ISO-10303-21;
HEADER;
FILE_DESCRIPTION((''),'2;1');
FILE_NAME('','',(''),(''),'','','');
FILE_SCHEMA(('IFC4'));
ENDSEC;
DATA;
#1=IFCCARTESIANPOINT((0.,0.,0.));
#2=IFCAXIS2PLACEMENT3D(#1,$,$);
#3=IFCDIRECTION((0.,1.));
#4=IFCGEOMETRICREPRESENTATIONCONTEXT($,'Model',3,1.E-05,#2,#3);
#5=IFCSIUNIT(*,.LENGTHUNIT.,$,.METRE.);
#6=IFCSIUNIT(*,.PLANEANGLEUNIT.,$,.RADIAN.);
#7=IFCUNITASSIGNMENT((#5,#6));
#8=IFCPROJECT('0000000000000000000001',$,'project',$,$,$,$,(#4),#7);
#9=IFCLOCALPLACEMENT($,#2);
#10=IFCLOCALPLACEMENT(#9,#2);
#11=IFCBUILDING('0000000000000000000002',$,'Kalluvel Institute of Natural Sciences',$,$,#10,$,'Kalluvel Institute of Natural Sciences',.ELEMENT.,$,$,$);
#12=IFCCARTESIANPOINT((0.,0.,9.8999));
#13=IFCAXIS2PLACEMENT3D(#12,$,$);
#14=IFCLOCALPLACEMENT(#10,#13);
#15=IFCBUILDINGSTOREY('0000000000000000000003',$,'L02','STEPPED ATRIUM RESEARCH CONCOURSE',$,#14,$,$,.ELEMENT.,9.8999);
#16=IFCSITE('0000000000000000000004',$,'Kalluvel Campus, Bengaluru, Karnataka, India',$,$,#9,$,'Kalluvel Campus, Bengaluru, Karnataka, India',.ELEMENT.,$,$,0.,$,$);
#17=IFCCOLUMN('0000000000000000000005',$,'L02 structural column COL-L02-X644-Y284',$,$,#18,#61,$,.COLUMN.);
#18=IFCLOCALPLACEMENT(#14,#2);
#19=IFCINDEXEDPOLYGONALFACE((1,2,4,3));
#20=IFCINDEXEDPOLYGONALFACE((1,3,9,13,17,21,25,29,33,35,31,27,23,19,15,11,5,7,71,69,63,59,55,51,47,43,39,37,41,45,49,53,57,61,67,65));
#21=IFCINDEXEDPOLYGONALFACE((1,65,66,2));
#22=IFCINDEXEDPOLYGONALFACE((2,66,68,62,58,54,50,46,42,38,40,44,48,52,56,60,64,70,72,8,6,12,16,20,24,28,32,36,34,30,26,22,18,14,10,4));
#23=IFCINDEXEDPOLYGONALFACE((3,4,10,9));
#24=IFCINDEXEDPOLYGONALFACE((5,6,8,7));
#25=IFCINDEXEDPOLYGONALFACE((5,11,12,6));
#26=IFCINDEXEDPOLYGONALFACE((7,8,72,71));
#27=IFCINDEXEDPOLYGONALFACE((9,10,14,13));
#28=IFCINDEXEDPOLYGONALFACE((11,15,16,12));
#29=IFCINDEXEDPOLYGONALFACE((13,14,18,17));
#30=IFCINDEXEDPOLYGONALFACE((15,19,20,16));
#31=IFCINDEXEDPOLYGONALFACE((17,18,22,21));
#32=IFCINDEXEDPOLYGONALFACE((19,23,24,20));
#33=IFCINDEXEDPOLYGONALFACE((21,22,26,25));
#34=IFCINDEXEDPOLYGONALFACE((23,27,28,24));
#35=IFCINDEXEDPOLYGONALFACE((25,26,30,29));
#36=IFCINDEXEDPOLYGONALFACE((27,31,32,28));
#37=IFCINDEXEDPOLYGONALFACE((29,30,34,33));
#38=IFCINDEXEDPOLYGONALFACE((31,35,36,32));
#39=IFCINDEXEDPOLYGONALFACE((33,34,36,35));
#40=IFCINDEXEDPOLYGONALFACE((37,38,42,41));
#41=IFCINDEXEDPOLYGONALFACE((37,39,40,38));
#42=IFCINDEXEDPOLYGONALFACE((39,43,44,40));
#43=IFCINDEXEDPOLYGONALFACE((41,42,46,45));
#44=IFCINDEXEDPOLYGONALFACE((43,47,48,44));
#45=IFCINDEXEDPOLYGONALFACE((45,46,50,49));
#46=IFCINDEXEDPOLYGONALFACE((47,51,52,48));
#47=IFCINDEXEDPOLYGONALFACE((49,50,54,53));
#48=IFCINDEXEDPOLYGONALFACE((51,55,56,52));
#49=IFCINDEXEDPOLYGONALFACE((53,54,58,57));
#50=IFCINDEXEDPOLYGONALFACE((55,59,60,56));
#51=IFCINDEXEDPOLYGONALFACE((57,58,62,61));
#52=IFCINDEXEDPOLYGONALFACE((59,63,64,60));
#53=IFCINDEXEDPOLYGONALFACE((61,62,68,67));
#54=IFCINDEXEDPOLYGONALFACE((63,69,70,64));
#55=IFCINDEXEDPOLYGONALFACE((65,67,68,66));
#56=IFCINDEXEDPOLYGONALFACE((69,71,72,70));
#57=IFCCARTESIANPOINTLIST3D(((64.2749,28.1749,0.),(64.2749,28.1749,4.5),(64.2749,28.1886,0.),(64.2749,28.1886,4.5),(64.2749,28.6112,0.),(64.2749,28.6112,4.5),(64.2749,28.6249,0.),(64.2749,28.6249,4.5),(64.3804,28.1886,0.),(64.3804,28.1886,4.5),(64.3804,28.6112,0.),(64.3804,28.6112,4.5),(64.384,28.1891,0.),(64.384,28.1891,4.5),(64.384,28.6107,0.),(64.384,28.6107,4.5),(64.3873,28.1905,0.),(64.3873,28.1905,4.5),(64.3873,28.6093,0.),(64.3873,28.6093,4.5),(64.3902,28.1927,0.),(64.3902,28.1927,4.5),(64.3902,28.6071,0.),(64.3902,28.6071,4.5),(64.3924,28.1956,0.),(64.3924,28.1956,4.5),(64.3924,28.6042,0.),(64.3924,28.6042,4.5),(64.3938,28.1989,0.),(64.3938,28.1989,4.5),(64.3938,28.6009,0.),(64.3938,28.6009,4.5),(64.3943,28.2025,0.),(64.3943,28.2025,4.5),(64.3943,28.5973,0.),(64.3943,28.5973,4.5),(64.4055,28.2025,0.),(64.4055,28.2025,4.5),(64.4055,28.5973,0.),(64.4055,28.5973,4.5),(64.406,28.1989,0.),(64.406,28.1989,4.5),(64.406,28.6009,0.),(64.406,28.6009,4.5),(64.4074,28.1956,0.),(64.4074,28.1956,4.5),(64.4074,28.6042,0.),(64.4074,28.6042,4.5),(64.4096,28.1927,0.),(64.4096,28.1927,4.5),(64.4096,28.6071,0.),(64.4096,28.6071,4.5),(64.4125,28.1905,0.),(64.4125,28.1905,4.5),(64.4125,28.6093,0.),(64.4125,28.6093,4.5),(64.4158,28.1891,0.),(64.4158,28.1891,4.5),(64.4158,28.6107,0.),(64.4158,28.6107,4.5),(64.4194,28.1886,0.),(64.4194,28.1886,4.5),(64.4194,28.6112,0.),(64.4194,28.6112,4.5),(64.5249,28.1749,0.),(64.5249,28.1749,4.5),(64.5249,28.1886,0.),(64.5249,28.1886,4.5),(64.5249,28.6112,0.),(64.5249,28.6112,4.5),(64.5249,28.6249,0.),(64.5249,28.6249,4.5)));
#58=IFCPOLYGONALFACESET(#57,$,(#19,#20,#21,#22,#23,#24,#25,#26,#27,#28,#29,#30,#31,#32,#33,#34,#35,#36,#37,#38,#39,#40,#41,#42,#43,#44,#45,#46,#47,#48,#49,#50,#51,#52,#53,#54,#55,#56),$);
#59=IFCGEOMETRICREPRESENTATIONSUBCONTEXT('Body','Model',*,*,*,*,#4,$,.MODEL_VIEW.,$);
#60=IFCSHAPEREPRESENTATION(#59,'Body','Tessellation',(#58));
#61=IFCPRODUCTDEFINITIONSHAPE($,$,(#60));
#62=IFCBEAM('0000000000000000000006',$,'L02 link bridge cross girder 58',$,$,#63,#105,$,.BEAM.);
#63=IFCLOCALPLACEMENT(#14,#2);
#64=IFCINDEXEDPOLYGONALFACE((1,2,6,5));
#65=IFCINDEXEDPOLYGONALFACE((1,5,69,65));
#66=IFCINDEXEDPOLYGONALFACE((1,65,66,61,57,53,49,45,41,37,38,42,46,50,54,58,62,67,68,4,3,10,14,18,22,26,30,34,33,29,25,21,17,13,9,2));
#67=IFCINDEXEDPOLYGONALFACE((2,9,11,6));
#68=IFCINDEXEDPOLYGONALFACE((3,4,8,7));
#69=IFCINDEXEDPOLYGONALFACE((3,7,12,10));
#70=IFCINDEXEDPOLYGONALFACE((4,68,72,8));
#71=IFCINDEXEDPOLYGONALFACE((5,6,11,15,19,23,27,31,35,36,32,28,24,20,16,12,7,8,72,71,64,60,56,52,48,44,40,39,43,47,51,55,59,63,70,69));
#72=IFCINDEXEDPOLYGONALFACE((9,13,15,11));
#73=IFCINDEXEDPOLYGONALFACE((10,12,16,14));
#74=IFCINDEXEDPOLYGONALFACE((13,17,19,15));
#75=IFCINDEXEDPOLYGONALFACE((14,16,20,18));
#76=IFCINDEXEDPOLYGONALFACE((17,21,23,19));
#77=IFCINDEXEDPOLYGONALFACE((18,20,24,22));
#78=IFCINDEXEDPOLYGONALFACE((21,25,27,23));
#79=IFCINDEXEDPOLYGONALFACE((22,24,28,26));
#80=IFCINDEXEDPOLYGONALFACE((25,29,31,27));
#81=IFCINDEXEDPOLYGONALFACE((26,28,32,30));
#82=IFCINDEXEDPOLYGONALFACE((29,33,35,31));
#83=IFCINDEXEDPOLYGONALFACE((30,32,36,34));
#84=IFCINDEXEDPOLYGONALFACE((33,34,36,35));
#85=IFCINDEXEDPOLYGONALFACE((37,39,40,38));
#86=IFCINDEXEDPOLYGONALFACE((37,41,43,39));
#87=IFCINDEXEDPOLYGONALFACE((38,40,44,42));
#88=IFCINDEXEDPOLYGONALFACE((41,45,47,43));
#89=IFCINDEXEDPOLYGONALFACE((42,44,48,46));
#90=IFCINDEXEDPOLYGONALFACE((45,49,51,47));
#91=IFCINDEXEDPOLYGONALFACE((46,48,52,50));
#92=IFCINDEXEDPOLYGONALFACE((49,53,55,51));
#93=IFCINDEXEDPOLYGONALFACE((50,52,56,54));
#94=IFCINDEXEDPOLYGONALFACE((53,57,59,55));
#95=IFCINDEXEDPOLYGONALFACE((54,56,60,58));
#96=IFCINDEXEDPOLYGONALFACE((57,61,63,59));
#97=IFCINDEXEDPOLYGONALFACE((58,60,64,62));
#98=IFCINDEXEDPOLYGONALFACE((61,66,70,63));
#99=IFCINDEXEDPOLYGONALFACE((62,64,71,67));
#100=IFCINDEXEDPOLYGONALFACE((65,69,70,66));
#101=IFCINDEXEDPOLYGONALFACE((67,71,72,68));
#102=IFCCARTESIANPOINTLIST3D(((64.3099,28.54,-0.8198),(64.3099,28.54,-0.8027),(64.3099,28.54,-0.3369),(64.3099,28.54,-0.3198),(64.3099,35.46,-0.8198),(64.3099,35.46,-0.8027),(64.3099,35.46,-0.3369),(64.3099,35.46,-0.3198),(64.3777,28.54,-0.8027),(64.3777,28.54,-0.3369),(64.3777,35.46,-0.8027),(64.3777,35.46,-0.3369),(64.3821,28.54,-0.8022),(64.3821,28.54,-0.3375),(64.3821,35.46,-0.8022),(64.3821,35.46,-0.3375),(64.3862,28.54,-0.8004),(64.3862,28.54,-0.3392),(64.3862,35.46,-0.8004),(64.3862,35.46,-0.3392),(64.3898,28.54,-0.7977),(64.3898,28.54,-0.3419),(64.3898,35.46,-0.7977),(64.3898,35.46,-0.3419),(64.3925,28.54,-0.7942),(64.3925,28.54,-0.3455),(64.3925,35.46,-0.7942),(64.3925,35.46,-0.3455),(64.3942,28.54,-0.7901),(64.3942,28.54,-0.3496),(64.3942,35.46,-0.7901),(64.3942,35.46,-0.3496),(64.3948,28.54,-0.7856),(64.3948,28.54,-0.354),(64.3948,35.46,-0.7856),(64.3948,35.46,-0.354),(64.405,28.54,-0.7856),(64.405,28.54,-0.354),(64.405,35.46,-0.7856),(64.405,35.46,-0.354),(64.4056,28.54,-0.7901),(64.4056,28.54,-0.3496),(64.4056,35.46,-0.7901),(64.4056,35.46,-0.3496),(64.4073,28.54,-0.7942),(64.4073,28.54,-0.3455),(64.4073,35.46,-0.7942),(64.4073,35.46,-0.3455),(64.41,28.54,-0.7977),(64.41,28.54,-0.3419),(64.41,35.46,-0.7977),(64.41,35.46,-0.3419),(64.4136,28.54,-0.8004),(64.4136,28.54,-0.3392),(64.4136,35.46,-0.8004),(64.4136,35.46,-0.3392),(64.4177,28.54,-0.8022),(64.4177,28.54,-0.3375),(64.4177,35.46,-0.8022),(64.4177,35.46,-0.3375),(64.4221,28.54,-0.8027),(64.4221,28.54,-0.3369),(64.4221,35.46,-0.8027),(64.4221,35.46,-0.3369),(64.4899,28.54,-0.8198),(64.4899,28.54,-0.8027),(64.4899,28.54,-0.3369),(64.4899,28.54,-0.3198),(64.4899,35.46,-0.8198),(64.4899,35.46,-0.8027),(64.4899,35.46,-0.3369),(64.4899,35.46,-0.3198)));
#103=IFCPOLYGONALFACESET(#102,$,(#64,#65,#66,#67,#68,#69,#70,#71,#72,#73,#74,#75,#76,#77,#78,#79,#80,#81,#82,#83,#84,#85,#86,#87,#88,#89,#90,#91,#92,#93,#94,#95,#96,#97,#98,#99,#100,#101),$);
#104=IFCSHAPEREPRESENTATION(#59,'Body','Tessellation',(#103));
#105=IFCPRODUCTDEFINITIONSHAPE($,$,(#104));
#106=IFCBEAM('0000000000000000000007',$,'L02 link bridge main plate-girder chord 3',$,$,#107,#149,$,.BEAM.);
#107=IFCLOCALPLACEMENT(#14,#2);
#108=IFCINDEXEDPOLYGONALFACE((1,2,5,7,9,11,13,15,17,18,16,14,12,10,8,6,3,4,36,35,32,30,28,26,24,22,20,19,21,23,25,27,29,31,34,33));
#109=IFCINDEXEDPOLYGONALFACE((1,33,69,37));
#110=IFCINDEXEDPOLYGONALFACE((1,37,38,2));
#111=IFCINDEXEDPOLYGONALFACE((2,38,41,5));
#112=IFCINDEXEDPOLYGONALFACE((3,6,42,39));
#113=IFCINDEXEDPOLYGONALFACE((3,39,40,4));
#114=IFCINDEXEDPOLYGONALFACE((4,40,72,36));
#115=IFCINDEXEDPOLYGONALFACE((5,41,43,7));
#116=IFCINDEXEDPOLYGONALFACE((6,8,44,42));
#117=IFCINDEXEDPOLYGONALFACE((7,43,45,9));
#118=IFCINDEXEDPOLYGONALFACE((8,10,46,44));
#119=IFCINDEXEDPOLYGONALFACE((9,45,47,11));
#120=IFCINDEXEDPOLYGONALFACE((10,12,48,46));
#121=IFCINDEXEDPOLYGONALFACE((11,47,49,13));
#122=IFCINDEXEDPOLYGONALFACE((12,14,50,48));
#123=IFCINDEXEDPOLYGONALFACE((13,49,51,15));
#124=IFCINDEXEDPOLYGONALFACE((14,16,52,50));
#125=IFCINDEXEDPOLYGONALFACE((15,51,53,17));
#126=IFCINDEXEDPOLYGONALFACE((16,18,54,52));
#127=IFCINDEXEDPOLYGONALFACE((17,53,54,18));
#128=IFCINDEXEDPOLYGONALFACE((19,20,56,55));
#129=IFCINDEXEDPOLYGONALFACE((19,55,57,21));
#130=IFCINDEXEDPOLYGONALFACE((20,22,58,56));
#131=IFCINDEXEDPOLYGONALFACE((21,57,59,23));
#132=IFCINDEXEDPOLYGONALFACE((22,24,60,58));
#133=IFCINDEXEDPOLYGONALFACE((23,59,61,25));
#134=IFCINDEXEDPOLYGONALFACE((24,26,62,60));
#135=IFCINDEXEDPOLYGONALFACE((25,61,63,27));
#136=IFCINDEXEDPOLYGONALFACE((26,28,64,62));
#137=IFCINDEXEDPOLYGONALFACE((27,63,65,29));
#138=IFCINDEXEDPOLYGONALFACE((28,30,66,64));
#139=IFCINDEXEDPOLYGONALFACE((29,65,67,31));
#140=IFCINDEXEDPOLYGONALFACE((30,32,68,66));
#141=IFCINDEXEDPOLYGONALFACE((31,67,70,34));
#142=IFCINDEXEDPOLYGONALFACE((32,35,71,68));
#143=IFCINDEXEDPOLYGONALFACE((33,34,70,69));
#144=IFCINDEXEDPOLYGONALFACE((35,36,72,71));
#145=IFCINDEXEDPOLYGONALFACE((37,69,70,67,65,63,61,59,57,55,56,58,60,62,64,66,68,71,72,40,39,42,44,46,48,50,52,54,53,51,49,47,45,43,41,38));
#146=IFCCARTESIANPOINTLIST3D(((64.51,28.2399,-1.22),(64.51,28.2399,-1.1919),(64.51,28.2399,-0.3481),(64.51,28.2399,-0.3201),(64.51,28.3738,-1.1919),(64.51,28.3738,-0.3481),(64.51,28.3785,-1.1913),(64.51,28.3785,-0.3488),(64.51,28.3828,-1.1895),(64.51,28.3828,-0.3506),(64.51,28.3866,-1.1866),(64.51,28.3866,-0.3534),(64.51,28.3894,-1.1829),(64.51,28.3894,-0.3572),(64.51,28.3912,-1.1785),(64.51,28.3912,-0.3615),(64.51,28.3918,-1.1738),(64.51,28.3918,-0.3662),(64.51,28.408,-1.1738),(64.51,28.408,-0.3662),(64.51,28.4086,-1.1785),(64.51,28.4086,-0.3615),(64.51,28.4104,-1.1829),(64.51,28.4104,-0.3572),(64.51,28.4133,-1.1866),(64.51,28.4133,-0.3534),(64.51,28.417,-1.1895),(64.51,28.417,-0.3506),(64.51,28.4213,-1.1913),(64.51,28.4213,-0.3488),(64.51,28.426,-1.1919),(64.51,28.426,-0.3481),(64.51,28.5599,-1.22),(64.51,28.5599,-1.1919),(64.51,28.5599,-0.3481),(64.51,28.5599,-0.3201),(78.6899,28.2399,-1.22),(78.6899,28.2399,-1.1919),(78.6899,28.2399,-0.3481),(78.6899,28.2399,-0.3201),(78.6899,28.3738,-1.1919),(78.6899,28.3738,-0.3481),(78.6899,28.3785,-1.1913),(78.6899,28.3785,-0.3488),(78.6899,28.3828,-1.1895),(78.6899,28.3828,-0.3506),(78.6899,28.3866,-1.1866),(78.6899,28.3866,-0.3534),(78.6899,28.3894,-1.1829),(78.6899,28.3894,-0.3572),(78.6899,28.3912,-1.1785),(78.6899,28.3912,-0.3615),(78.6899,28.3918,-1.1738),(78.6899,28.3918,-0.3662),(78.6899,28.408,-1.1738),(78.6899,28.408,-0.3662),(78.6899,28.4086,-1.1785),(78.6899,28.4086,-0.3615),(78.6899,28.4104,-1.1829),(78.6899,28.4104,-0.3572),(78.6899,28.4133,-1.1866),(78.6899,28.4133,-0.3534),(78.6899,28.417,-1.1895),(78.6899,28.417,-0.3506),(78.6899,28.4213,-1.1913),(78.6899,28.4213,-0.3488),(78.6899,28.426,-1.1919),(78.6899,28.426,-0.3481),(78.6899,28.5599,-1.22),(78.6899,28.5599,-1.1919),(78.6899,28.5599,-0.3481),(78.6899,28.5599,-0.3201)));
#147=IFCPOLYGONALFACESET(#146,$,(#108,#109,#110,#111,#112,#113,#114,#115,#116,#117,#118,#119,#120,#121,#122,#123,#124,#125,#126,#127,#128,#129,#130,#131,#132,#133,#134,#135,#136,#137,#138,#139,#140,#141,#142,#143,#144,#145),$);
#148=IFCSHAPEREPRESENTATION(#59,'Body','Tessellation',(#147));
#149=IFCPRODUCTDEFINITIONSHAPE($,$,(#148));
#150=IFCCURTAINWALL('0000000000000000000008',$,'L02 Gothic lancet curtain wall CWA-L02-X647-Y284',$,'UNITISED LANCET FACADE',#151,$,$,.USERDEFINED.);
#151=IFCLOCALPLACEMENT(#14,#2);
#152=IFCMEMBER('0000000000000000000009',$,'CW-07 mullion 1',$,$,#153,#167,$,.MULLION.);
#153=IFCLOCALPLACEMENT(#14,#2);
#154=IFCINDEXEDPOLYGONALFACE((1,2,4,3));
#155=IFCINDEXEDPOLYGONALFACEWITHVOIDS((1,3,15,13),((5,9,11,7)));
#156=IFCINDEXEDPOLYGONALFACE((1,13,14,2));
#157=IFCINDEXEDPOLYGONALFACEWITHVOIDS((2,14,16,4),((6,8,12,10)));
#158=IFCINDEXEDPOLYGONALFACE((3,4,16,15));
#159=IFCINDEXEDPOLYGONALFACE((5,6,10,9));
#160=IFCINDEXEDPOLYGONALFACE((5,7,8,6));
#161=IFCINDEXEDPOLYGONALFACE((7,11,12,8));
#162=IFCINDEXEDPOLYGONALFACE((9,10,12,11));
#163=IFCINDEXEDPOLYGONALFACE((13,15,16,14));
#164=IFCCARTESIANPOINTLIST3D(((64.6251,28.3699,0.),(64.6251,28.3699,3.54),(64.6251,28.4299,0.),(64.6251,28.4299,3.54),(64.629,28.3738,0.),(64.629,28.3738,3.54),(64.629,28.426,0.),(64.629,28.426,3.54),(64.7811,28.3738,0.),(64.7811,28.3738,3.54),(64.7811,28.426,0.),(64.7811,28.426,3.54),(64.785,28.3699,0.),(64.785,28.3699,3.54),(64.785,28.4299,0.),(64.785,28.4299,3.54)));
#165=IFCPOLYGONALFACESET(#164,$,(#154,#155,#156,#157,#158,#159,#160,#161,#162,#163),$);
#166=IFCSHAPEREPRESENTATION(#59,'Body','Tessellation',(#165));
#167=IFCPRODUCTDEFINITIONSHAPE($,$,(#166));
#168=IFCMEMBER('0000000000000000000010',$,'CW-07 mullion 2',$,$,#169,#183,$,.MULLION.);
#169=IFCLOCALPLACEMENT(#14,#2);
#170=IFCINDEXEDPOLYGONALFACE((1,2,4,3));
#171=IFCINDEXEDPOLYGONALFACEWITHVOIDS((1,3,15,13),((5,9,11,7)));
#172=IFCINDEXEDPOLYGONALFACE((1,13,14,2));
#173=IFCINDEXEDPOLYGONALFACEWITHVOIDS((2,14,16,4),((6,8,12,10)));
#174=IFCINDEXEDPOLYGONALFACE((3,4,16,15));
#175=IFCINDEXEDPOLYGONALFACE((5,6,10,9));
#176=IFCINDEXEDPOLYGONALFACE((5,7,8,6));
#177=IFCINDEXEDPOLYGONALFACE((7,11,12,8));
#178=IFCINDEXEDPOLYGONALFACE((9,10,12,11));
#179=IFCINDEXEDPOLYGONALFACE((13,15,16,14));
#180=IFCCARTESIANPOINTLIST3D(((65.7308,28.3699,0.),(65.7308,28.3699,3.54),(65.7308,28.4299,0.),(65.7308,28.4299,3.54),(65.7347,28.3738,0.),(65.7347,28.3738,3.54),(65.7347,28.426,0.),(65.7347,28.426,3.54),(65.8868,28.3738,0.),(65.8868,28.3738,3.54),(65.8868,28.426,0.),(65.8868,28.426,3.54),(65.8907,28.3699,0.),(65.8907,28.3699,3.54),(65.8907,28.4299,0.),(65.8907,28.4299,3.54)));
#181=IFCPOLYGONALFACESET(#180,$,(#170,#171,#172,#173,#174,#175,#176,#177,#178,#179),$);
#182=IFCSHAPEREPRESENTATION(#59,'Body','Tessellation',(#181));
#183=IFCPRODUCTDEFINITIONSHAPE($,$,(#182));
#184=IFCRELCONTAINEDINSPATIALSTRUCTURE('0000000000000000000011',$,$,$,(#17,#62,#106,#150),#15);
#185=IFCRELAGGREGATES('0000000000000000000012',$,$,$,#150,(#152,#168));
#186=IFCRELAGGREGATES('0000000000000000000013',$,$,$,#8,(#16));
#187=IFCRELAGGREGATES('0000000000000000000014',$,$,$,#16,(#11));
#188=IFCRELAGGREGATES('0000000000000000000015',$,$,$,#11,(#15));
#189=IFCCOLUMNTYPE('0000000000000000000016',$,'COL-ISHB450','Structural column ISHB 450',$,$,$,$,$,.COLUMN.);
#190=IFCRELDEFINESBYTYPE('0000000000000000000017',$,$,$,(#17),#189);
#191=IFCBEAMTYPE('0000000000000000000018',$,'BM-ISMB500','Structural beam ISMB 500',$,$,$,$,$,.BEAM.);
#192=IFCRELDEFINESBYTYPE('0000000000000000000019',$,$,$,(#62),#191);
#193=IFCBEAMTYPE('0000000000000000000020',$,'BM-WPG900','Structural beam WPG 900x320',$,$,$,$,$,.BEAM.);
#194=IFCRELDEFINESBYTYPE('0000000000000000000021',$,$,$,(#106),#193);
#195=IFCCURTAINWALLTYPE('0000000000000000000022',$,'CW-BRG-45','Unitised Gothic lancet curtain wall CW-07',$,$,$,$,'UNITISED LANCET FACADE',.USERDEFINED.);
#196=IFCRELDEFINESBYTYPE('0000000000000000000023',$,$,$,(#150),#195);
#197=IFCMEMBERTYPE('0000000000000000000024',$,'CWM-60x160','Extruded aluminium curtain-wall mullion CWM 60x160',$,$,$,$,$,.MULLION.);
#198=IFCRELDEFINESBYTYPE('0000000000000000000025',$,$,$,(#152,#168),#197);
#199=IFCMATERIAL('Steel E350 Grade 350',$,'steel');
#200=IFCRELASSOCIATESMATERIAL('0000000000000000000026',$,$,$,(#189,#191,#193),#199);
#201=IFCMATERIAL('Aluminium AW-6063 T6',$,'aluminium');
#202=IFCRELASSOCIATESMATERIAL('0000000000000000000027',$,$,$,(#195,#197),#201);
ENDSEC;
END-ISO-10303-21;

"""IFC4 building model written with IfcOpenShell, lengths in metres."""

from ifc_helpers import new_model, si_unit, direction, frame, origin, origin_2d, place, context, subcontext, project, spatial, hollow_rectangle, i_section, extrude, material, material_profile, profile_set, type_object, element, aggregate, save


model = new_model("IFC4")

# Units and contexts
model_context = context("Model", 3, precision=1e-05, world=origin(), true_north=direction((0.0, 1.0)))
body_context = subcontext(model_context, "Body", "Model", "MODEL_VIEW")
ifc_project = project(units=[si_unit("LENGTHUNIT", "METRE"), si_unit("PLANEANGLEUNIT", "RADIAN")], contexts=[model_context])

# Site, building, storey
site_placement = place(None, origin())
site = spatial("IfcSite", under=ifc_project, at=site_placement, Name="Kalluvel Campus, Bengaluru, Karnataka, India", LongName="Kalluvel Campus, Bengaluru, Karnataka, India", CompositionType="ELEMENT", RefElevation=0.0)
building_placement = place(site_placement, origin())
building = spatial("IfcBuilding", under=site, at=building_placement, Name="Kalluvel Institute of Natural Sciences", LongName="Kalluvel Institute of Natural Sciences", CompositionType="ELEMENT")
storey_placement = place(building_placement, frame((0.0, 0.0, 9.8999)))
storey = spatial("IfcBuildingStorey", under=building, at=storey_placement, Name="L02", Description="STEPPED ATRIUM RESEARCH CONCOURSE", CompositionType="ELEMENT", Elevation=9.8999)

# Column
ifc_material_1 = material(Name="Steel E350 Grade 350", Category="steel")
ifc_material_profile_1 = material_profile(ifc_material_1, i_section(OverallWidth=0.25, OverallDepth=0.45, WebThickness=0.0112, FlangeThickness=0.0137, FilletRadius=0.0139, at=origin_2d()), Name="ISHB 450")
ifc_profile_set_1 = profile_set([ifc_material_profile_1], Name="Steel E350 Grade 350")
column_type = type_object("IfcColumnType", Name="COL-ISHB450", Description="Structural column ISHB 450", PredefinedType="COLUMN", material=ifc_profile_set_1)
column_placement = place(storey_placement, frame((64.3999, 28.3999, 0.0), z_axis=(0.0, 0.0, 1.0), x_axis=(1.0, 0.0, 0.0)))
element("IfcColumn", 1, at=column_placement, inside=storey, type_object=column_type, Name="L02 structural column COL-L02-X644-Y284", PredefinedType="COLUMN", context=body_context, shape_type="SweptSolid", body=[
    extrude(i_section(OverallWidth=0.25, OverallDepth=0.45, WebThickness=0.0112, FlangeThickness=0.0137, FilletRadius=0.0139, at=origin_2d()), origin(), (0.0, 0.0, 1.0), 4.5),
])

# Beams
ifc_material_profile_2 = material_profile(ifc_material_1, i_section(OverallWidth=0.1799, OverallDepth=0.5, WebThickness=0.0103, FlangeThickness=0.0171, FilletRadius=0.0171, at=origin_2d()), Name="ISMB 500")
ifc_profile_set_2 = profile_set([ifc_material_profile_2], Name="Steel E350 Grade 350")
beam_type_1 = type_object("IfcBeamType", Name="BM-ISMB500", Description="Structural beam ISMB 500", PredefinedType="BEAM", material=ifc_profile_set_2)
beam_1_placement = place(storey_placement, frame((64.3999, 28.54, -0.5698), z_axis=(0.0, 1.0, 0.0), x_axis=(-1.0, 0.0, 0.0)))
element("IfcBeam", 2, at=beam_1_placement, inside=storey, type_object=beam_type_1, Name="L02 link bridge cross girder 58", PredefinedType="BEAM", context=body_context, shape_type="SweptSolid", body=[
    extrude(i_section(OverallWidth=0.1799, OverallDepth=0.5, WebThickness=0.0103, FlangeThickness=0.0171, FilletRadius=0.0171, at=origin_2d()), origin(), (0.0, 0.0, 1.0), 6.9199),
])
ifc_material_profile_3 = material_profile(ifc_material_1, i_section(OverallWidth=0.3201, OverallDepth=0.8999, WebThickness=0.0161, FlangeThickness=0.0281, FilletRadius=0.0181, at=origin_2d()), Name="WPG 900x320")
ifc_profile_set_3 = profile_set([ifc_material_profile_3], Name="Steel E350 Grade 350")
beam_type_2 = type_object("IfcBeamType", Name="BM-WPG900", Description="Structural beam WPG 900x320", PredefinedType="BEAM", material=ifc_profile_set_3)
beam_2_placement = place(storey_placement, frame((64.51, 28.3999, -0.77), z_axis=(1.0, 0.0, 0.0), x_axis=(0.0, 1.0, 0.0)))
element("IfcBeam", 3, at=beam_2_placement, inside=storey, type_object=beam_type_2, Name="L02 link bridge main plate-girder chord 3", PredefinedType="BEAM", context=body_context, shape_type="SweptSolid", body=[
    extrude(i_section(OverallWidth=0.3201, OverallDepth=0.8999, WebThickness=0.0161, FlangeThickness=0.0281, FilletRadius=0.0181, at=origin_2d()), origin(), (0.0, 0.0, 1.0), 14.1799),
])

# Curtain wall, members
ifc_material_2 = material(Name="Aluminium AW-6063 T6", Category="aluminium")
curtain_wall_type = type_object("IfcCurtainWallType", Name="CW-BRG-45", Description="Unitised Gothic lancet curtain wall CW-07", ElementType="UNITISED LANCET FACADE", PredefinedType="USERDEFINED", material=ifc_material_2)
curtain_wall_placement = place(storey_placement, origin())
curtain_wall = element("IfcCurtainWall", 4, at=curtain_wall_placement, inside=storey, type_object=curtain_wall_type, Name="L02 Gothic lancet curtain wall CWA-L02-X647-Y284", ObjectType="UNITISED LANCET FACADE", PredefinedType="USERDEFINED")
ifc_material_profile_4 = material_profile(ifc_material_2, hollow_rectangle(XDim=0.0601, YDim=0.1599, WallThickness=0.0039, at=origin_2d()), Name="CWM 60x160")
ifc_profile_set_4 = profile_set([ifc_material_profile_4], Name="Aluminium AW-6063 T6")
member_type_1 = type_object("IfcMemberType", Name="CWM-60x160", Description="Extruded aluminium curtain-wall mullion CWM 60x160", PredefinedType="MULLION", material=ifc_profile_set_4)
member_1_placement = place(storey_placement, frame((64.7051, 28.3999, 0.0), z_axis=(0.0, 0.0, 1.0), x_axis=(0.0, 1.0, 0.0)))
member_1 = element("IfcMember", 5, at=member_1_placement, type_object=member_type_1, Name="CW-07 mullion 1", PredefinedType="MULLION", context=body_context, shape_type="SweptSolid", body=[
    extrude(hollow_rectangle(XDim=0.0601, YDim=0.1599, WallThickness=0.0039, at=origin_2d()), origin(), (0.0, 0.0, 1.0), 3.54),
])
member_2_placement = place(storey_placement, frame((65.8108, 28.3999, 0.0), z_axis=(0.0, 0.0, 1.0), x_axis=(0.0, 1.0, 0.0)))
member_2 = element("IfcMember", 6, at=member_2_placement, type_object=member_type_1, Name="CW-07 mullion 2", PredefinedType="MULLION", context=body_context, shape_type="SweptSolid", body=[
    extrude(hollow_rectangle(XDim=0.0601, YDim=0.1599, WallThickness=0.0039, at=origin_2d()), origin(), (0.0, 0.0, 1.0), 3.54),
])

aggregate(curtain_wall, [member_1, member_2])

save(model, "model.ifc")
